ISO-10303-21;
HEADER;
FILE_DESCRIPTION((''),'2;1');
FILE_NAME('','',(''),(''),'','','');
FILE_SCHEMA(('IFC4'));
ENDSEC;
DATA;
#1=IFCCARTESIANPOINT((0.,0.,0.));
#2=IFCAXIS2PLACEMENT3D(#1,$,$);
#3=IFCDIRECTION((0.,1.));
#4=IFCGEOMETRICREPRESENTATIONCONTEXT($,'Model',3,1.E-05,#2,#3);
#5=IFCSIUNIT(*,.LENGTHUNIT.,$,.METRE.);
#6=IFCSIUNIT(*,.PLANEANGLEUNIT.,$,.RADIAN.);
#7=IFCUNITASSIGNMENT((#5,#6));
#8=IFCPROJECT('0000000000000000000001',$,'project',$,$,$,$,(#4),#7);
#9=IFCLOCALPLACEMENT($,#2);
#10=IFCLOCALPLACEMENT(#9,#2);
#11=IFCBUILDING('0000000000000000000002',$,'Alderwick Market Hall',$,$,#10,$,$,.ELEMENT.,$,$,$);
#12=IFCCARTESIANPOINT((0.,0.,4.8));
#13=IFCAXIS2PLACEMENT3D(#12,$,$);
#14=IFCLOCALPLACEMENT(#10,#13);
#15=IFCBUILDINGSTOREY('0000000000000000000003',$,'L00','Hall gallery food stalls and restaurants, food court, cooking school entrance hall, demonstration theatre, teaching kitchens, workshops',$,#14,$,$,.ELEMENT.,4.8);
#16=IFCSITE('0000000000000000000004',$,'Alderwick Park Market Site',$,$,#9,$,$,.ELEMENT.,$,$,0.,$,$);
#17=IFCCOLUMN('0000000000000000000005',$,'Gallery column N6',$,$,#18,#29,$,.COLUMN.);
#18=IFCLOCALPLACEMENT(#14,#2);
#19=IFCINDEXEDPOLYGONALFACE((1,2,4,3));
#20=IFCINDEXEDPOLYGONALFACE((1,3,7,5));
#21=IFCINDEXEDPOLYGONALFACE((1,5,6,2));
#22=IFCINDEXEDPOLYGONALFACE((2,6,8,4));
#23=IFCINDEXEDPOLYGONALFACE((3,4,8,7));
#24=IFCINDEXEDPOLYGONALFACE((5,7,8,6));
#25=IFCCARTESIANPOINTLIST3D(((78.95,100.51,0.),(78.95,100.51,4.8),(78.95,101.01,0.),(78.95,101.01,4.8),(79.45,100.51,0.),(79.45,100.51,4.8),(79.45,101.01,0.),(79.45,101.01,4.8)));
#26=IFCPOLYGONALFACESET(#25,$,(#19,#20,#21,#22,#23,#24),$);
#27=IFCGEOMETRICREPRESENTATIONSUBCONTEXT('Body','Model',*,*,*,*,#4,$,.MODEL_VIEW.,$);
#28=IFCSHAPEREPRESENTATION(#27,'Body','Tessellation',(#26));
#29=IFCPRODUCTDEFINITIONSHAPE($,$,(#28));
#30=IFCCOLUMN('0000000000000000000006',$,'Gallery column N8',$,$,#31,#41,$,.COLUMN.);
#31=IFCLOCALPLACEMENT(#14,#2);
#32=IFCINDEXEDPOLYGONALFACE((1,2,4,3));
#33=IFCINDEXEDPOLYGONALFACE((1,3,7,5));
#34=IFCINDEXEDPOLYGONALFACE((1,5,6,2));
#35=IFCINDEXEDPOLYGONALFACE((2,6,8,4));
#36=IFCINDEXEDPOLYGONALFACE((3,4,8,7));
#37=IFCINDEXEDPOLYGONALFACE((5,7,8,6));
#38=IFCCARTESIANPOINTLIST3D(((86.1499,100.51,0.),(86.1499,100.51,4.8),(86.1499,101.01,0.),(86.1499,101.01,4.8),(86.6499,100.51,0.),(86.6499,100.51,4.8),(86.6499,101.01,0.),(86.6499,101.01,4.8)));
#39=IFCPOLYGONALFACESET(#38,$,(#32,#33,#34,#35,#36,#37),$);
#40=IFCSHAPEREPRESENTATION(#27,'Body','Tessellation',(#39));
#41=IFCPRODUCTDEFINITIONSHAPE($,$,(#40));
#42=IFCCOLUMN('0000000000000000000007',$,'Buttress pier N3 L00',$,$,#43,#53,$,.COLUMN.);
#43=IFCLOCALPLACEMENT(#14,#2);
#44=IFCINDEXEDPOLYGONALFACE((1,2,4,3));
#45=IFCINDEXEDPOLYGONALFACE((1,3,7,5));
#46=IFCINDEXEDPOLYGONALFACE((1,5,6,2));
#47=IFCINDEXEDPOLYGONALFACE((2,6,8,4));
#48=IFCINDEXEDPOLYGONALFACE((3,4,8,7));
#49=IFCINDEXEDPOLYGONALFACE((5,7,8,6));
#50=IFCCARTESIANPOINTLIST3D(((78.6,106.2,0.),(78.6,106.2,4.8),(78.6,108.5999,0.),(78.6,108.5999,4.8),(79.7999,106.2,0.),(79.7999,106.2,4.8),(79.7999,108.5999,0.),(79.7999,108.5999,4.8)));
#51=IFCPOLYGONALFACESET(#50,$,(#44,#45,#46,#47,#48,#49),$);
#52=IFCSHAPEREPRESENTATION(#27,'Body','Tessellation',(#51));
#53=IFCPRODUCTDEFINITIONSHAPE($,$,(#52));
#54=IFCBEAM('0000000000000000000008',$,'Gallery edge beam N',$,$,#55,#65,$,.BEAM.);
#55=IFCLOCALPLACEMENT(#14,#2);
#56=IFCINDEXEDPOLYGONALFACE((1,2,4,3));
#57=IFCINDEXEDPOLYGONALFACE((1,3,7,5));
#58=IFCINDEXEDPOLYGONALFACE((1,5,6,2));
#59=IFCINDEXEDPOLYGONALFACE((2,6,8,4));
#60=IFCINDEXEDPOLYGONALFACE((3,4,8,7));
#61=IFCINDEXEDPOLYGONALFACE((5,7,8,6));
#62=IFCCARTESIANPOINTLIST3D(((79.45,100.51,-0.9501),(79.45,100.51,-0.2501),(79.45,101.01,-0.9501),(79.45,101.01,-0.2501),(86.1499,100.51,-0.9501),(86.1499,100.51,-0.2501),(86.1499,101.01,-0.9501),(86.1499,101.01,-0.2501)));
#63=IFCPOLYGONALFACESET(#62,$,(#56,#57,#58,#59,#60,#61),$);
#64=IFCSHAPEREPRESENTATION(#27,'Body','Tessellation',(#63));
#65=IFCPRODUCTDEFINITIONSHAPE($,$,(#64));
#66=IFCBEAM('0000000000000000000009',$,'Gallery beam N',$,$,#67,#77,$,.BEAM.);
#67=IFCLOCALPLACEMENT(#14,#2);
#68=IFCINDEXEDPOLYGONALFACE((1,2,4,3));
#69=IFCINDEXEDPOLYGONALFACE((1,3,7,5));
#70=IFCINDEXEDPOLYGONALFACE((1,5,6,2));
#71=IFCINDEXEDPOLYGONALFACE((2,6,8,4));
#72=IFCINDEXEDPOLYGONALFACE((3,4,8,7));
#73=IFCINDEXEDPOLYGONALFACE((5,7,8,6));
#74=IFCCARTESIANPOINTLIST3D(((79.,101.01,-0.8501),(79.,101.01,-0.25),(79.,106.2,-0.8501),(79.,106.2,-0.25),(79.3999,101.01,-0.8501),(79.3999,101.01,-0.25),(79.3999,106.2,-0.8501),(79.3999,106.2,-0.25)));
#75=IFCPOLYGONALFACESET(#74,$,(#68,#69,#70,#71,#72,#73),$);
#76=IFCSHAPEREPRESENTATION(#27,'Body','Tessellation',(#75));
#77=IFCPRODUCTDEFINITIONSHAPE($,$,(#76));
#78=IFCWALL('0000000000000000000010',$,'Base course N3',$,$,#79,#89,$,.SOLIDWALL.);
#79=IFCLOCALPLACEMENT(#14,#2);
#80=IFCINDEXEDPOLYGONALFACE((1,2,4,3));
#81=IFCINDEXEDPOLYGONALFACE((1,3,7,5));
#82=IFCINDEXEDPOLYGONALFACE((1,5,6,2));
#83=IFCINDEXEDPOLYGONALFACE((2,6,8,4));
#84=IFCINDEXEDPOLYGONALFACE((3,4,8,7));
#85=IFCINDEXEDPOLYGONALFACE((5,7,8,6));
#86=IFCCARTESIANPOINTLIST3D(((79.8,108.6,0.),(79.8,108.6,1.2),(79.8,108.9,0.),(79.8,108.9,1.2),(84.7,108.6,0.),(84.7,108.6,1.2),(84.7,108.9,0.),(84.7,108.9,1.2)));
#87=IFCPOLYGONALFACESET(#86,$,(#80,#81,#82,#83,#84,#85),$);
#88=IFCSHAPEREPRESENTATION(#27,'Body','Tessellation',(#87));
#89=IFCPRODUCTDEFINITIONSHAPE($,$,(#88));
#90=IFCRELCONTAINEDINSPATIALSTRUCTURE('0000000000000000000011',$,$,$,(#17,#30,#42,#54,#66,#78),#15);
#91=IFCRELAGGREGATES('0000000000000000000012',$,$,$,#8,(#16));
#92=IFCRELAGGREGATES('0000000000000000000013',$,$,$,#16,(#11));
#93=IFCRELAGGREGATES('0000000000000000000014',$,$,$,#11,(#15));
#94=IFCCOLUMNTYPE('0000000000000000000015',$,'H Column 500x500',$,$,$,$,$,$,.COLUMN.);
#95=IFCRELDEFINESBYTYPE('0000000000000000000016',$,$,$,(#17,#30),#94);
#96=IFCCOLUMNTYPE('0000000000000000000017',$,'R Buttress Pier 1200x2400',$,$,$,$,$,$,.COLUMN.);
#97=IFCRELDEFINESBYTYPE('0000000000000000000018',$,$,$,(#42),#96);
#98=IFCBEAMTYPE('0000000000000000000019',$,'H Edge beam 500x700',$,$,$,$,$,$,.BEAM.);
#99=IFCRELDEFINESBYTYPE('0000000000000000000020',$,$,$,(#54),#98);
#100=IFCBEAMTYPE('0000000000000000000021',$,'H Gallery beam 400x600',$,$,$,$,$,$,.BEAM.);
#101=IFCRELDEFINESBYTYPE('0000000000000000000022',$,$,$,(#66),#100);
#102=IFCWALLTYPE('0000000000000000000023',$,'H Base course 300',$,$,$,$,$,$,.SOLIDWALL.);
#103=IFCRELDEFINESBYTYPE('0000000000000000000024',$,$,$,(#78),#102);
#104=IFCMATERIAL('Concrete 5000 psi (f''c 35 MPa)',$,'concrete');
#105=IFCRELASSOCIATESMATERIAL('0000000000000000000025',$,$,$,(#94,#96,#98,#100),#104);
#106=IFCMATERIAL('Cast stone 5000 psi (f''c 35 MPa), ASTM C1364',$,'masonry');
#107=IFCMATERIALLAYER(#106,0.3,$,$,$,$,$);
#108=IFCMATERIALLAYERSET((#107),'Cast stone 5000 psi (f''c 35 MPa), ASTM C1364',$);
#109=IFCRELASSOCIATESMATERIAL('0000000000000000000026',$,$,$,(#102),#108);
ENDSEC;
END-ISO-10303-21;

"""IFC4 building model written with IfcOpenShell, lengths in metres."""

from ifc_helpers import new_model, si_unit, direction, frame, frame_2d, origin, origin_2d, place, context, subcontext, project, spatial, rectangle, extrude, material, layer, layer_set, material_profile, profile_set, type_object, element, save


model = new_model("IFC4")

# Units and contexts
model_context = context("Model", 3, precision=1e-05, world=origin(), true_north=direction((0.0, 1.0)))
body_context = subcontext(model_context, "Body", "Model", "MODEL_VIEW")
ifc_project = project(units=[si_unit("LENGTHUNIT", "METRE"), si_unit("PLANEANGLEUNIT", "RADIAN")], contexts=[model_context])

# Site, building, storey
site_placement = place(None, origin())
site = spatial("IfcSite", under=ifc_project, at=site_placement, Name="Alderwick Park Market Site", CompositionType="ELEMENT", RefElevation=0.0)
building_placement = place(site_placement, origin())
building = spatial("IfcBuilding", under=site, at=building_placement, Name="Alderwick Market Hall", CompositionType="ELEMENT")
storey_placement = place(building_placement, frame((0.0, 0.0, 4.8)))
storey = spatial("IfcBuildingStorey", under=building, at=storey_placement, Name="L00", Description="Hall gallery food stalls and restaurants, food court, cooking school entrance hall, demonstration theatre, teaching kitchens, workshops", CompositionType="ELEMENT", Elevation=4.8)

# Columns
ifc_material_1 = material(Name="Concrete 5000 psi (f'c 35 MPa)", Category="concrete")
ifc_material_profile_1 = material_profile(ifc_material_1, rectangle(XDim=0.5, YDim=0.5, at=origin_2d()), Name="RC 500x500")
ifc_profile_set_1 = profile_set([ifc_material_profile_1], Name="Concrete 5000 psi (f'c 35 MPa)")
column_type_1 = type_object("IfcColumnType", Name="H Column 500x500", PredefinedType="COLUMN", material=ifc_profile_set_1)
for number, where, z_axis, x_axis, name in (
    (1, (79.2, 100.76, 0.0), (0.0, 0.0, 1.0), (1.0, 0.0, 0.0), "Gallery column N6"),
    (2, (86.3999, 100.76, 0.0), (0.0, 0.0, 1.0), (1.0, 0.0, 0.0), "Gallery column N8"),
):
    element("IfcColumn", number, at=place(storey_placement, frame(where, z_axis=z_axis, x_axis=x_axis)), inside=storey, type_object=column_type_1, Name=name, PredefinedType="COLUMN", context=body_context, shape_type="SweptSolid", body=[
        extrude(rectangle(XDim=0.5, YDim=0.5, at=origin_2d()), origin(), (0.0, 0.0, 1.0), 4.8),
    ])
ifc_material_profile_2 = material_profile(ifc_material_1, rectangle(XDim=1.2, YDim=2.3999, at=origin_2d()), Name="RC 1200x2400")
ifc_profile_set_2 = profile_set([ifc_material_profile_2], Name="Concrete 5000 psi (f'c 35 MPa)")
column_type_2 = type_object("IfcColumnType", Name="R Buttress Pier 1200x2400", PredefinedType="COLUMN", material=ifc_profile_set_2)
column_placement = place(storey_placement, frame((79.2, 107.3999, 0.0), z_axis=(0.0, 0.0, 1.0), x_axis=(1.0, 0.0, 0.0)))
element("IfcColumn", 3, at=column_placement, inside=storey, type_object=column_type_2, Name="Buttress pier N3 L00", PredefinedType="COLUMN", context=body_context, shape_type="SweptSolid", body=[
    extrude(rectangle(XDim=1.2, YDim=2.3999, at=origin_2d()), origin(), (0.0, 0.0, 1.0), 4.8),
])

# Beams
ifc_material_profile_3 = material_profile(ifc_material_1, rectangle(XDim=0.5, YDim=0.7, at=origin_2d()), Name="RC 500x700")
ifc_profile_set_3 = profile_set([ifc_material_profile_3], Name="Concrete 5000 psi (f'c 35 MPa)")
beam_type_1 = type_object("IfcBeamType", Name="H Edge beam 500x700", PredefinedType="BEAM", material=ifc_profile_set_3)
beam_1_placement = place(storey_placement, frame((79.45, 100.76, -0.6001), z_axis=(1.0, 0.0, 0.0), x_axis=(0.0, 1.0, 0.0)))
element("IfcBeam", 4, at=beam_1_placement, inside=storey, type_object=beam_type_1, Name="Gallery edge beam N", PredefinedType="BEAM", context=body_context, shape_type="SweptSolid", body=[
    extrude(rectangle(XDim=0.5, YDim=0.7, at=origin_2d()), origin(), (0.0, 0.0, 1.0), 6.7),
])
ifc_material_profile_4 = material_profile(ifc_material_1, rectangle(XDim=0.3999, YDim=0.6001, at=origin_2d()), Name="RC 400x600")
ifc_profile_set_4 = profile_set([ifc_material_profile_4], Name="Concrete 5000 psi (f'c 35 MPa)")
beam_type_2 = type_object("IfcBeamType", Name="H Gallery beam 400x600", PredefinedType="BEAM", material=ifc_profile_set_4)
beam_2_placement = place(storey_placement, frame((79.2, 106.2, -0.55), z_axis=(0.0, -1.0, 0.0), x_axis=(1.0, 0.0, 0.0)))
element("IfcBeam", 5, at=beam_2_placement, inside=storey, type_object=beam_type_2, Name="Gallery beam N", PredefinedType="BEAM", context=body_context, shape_type="SweptSolid", body=[
    extrude(rectangle(XDim=0.3999, YDim=0.6001, at=origin_2d()), origin(), (0.0, 0.0, 1.0), 5.1899),
])

# Wall
ifc_material_2 = material(Name="Cast stone 5000 psi (f'c 35 MPa), ASTM C1364", Category="masonry")
ifc_layer_1 = layer(ifc_material_2, 0.3)
ifc_layer_set_1 = layer_set([ifc_layer_1], Name="Cast stone 5000 psi (f'c 35 MPa), ASTM C1364")
wall_type_1 = type_object("IfcWallType", Name="H Base course 300", PredefinedType="SOLIDWALL", material=ifc_layer_set_1)
wall_1_placement = place(storey_placement, frame((79.8, 108.75, 0.0), z_axis=(0.0, 0.0, 1.0), x_axis=(1.0, 0.0, 0.0)))
element("IfcWall", 6, at=wall_1_placement, inside=storey, type_object=wall_type_1, Name="Base course N3", PredefinedType="SOLIDWALL", context=body_context, shape_type="SweptSolid", body=[
    extrude(rectangle(XDim=4.8999, YDim=0.3, at=frame_2d((2.45, 0.0))), origin(), (0.0, 0.0, 1.0), 1.2),
])

save(model, "model.ifc")
